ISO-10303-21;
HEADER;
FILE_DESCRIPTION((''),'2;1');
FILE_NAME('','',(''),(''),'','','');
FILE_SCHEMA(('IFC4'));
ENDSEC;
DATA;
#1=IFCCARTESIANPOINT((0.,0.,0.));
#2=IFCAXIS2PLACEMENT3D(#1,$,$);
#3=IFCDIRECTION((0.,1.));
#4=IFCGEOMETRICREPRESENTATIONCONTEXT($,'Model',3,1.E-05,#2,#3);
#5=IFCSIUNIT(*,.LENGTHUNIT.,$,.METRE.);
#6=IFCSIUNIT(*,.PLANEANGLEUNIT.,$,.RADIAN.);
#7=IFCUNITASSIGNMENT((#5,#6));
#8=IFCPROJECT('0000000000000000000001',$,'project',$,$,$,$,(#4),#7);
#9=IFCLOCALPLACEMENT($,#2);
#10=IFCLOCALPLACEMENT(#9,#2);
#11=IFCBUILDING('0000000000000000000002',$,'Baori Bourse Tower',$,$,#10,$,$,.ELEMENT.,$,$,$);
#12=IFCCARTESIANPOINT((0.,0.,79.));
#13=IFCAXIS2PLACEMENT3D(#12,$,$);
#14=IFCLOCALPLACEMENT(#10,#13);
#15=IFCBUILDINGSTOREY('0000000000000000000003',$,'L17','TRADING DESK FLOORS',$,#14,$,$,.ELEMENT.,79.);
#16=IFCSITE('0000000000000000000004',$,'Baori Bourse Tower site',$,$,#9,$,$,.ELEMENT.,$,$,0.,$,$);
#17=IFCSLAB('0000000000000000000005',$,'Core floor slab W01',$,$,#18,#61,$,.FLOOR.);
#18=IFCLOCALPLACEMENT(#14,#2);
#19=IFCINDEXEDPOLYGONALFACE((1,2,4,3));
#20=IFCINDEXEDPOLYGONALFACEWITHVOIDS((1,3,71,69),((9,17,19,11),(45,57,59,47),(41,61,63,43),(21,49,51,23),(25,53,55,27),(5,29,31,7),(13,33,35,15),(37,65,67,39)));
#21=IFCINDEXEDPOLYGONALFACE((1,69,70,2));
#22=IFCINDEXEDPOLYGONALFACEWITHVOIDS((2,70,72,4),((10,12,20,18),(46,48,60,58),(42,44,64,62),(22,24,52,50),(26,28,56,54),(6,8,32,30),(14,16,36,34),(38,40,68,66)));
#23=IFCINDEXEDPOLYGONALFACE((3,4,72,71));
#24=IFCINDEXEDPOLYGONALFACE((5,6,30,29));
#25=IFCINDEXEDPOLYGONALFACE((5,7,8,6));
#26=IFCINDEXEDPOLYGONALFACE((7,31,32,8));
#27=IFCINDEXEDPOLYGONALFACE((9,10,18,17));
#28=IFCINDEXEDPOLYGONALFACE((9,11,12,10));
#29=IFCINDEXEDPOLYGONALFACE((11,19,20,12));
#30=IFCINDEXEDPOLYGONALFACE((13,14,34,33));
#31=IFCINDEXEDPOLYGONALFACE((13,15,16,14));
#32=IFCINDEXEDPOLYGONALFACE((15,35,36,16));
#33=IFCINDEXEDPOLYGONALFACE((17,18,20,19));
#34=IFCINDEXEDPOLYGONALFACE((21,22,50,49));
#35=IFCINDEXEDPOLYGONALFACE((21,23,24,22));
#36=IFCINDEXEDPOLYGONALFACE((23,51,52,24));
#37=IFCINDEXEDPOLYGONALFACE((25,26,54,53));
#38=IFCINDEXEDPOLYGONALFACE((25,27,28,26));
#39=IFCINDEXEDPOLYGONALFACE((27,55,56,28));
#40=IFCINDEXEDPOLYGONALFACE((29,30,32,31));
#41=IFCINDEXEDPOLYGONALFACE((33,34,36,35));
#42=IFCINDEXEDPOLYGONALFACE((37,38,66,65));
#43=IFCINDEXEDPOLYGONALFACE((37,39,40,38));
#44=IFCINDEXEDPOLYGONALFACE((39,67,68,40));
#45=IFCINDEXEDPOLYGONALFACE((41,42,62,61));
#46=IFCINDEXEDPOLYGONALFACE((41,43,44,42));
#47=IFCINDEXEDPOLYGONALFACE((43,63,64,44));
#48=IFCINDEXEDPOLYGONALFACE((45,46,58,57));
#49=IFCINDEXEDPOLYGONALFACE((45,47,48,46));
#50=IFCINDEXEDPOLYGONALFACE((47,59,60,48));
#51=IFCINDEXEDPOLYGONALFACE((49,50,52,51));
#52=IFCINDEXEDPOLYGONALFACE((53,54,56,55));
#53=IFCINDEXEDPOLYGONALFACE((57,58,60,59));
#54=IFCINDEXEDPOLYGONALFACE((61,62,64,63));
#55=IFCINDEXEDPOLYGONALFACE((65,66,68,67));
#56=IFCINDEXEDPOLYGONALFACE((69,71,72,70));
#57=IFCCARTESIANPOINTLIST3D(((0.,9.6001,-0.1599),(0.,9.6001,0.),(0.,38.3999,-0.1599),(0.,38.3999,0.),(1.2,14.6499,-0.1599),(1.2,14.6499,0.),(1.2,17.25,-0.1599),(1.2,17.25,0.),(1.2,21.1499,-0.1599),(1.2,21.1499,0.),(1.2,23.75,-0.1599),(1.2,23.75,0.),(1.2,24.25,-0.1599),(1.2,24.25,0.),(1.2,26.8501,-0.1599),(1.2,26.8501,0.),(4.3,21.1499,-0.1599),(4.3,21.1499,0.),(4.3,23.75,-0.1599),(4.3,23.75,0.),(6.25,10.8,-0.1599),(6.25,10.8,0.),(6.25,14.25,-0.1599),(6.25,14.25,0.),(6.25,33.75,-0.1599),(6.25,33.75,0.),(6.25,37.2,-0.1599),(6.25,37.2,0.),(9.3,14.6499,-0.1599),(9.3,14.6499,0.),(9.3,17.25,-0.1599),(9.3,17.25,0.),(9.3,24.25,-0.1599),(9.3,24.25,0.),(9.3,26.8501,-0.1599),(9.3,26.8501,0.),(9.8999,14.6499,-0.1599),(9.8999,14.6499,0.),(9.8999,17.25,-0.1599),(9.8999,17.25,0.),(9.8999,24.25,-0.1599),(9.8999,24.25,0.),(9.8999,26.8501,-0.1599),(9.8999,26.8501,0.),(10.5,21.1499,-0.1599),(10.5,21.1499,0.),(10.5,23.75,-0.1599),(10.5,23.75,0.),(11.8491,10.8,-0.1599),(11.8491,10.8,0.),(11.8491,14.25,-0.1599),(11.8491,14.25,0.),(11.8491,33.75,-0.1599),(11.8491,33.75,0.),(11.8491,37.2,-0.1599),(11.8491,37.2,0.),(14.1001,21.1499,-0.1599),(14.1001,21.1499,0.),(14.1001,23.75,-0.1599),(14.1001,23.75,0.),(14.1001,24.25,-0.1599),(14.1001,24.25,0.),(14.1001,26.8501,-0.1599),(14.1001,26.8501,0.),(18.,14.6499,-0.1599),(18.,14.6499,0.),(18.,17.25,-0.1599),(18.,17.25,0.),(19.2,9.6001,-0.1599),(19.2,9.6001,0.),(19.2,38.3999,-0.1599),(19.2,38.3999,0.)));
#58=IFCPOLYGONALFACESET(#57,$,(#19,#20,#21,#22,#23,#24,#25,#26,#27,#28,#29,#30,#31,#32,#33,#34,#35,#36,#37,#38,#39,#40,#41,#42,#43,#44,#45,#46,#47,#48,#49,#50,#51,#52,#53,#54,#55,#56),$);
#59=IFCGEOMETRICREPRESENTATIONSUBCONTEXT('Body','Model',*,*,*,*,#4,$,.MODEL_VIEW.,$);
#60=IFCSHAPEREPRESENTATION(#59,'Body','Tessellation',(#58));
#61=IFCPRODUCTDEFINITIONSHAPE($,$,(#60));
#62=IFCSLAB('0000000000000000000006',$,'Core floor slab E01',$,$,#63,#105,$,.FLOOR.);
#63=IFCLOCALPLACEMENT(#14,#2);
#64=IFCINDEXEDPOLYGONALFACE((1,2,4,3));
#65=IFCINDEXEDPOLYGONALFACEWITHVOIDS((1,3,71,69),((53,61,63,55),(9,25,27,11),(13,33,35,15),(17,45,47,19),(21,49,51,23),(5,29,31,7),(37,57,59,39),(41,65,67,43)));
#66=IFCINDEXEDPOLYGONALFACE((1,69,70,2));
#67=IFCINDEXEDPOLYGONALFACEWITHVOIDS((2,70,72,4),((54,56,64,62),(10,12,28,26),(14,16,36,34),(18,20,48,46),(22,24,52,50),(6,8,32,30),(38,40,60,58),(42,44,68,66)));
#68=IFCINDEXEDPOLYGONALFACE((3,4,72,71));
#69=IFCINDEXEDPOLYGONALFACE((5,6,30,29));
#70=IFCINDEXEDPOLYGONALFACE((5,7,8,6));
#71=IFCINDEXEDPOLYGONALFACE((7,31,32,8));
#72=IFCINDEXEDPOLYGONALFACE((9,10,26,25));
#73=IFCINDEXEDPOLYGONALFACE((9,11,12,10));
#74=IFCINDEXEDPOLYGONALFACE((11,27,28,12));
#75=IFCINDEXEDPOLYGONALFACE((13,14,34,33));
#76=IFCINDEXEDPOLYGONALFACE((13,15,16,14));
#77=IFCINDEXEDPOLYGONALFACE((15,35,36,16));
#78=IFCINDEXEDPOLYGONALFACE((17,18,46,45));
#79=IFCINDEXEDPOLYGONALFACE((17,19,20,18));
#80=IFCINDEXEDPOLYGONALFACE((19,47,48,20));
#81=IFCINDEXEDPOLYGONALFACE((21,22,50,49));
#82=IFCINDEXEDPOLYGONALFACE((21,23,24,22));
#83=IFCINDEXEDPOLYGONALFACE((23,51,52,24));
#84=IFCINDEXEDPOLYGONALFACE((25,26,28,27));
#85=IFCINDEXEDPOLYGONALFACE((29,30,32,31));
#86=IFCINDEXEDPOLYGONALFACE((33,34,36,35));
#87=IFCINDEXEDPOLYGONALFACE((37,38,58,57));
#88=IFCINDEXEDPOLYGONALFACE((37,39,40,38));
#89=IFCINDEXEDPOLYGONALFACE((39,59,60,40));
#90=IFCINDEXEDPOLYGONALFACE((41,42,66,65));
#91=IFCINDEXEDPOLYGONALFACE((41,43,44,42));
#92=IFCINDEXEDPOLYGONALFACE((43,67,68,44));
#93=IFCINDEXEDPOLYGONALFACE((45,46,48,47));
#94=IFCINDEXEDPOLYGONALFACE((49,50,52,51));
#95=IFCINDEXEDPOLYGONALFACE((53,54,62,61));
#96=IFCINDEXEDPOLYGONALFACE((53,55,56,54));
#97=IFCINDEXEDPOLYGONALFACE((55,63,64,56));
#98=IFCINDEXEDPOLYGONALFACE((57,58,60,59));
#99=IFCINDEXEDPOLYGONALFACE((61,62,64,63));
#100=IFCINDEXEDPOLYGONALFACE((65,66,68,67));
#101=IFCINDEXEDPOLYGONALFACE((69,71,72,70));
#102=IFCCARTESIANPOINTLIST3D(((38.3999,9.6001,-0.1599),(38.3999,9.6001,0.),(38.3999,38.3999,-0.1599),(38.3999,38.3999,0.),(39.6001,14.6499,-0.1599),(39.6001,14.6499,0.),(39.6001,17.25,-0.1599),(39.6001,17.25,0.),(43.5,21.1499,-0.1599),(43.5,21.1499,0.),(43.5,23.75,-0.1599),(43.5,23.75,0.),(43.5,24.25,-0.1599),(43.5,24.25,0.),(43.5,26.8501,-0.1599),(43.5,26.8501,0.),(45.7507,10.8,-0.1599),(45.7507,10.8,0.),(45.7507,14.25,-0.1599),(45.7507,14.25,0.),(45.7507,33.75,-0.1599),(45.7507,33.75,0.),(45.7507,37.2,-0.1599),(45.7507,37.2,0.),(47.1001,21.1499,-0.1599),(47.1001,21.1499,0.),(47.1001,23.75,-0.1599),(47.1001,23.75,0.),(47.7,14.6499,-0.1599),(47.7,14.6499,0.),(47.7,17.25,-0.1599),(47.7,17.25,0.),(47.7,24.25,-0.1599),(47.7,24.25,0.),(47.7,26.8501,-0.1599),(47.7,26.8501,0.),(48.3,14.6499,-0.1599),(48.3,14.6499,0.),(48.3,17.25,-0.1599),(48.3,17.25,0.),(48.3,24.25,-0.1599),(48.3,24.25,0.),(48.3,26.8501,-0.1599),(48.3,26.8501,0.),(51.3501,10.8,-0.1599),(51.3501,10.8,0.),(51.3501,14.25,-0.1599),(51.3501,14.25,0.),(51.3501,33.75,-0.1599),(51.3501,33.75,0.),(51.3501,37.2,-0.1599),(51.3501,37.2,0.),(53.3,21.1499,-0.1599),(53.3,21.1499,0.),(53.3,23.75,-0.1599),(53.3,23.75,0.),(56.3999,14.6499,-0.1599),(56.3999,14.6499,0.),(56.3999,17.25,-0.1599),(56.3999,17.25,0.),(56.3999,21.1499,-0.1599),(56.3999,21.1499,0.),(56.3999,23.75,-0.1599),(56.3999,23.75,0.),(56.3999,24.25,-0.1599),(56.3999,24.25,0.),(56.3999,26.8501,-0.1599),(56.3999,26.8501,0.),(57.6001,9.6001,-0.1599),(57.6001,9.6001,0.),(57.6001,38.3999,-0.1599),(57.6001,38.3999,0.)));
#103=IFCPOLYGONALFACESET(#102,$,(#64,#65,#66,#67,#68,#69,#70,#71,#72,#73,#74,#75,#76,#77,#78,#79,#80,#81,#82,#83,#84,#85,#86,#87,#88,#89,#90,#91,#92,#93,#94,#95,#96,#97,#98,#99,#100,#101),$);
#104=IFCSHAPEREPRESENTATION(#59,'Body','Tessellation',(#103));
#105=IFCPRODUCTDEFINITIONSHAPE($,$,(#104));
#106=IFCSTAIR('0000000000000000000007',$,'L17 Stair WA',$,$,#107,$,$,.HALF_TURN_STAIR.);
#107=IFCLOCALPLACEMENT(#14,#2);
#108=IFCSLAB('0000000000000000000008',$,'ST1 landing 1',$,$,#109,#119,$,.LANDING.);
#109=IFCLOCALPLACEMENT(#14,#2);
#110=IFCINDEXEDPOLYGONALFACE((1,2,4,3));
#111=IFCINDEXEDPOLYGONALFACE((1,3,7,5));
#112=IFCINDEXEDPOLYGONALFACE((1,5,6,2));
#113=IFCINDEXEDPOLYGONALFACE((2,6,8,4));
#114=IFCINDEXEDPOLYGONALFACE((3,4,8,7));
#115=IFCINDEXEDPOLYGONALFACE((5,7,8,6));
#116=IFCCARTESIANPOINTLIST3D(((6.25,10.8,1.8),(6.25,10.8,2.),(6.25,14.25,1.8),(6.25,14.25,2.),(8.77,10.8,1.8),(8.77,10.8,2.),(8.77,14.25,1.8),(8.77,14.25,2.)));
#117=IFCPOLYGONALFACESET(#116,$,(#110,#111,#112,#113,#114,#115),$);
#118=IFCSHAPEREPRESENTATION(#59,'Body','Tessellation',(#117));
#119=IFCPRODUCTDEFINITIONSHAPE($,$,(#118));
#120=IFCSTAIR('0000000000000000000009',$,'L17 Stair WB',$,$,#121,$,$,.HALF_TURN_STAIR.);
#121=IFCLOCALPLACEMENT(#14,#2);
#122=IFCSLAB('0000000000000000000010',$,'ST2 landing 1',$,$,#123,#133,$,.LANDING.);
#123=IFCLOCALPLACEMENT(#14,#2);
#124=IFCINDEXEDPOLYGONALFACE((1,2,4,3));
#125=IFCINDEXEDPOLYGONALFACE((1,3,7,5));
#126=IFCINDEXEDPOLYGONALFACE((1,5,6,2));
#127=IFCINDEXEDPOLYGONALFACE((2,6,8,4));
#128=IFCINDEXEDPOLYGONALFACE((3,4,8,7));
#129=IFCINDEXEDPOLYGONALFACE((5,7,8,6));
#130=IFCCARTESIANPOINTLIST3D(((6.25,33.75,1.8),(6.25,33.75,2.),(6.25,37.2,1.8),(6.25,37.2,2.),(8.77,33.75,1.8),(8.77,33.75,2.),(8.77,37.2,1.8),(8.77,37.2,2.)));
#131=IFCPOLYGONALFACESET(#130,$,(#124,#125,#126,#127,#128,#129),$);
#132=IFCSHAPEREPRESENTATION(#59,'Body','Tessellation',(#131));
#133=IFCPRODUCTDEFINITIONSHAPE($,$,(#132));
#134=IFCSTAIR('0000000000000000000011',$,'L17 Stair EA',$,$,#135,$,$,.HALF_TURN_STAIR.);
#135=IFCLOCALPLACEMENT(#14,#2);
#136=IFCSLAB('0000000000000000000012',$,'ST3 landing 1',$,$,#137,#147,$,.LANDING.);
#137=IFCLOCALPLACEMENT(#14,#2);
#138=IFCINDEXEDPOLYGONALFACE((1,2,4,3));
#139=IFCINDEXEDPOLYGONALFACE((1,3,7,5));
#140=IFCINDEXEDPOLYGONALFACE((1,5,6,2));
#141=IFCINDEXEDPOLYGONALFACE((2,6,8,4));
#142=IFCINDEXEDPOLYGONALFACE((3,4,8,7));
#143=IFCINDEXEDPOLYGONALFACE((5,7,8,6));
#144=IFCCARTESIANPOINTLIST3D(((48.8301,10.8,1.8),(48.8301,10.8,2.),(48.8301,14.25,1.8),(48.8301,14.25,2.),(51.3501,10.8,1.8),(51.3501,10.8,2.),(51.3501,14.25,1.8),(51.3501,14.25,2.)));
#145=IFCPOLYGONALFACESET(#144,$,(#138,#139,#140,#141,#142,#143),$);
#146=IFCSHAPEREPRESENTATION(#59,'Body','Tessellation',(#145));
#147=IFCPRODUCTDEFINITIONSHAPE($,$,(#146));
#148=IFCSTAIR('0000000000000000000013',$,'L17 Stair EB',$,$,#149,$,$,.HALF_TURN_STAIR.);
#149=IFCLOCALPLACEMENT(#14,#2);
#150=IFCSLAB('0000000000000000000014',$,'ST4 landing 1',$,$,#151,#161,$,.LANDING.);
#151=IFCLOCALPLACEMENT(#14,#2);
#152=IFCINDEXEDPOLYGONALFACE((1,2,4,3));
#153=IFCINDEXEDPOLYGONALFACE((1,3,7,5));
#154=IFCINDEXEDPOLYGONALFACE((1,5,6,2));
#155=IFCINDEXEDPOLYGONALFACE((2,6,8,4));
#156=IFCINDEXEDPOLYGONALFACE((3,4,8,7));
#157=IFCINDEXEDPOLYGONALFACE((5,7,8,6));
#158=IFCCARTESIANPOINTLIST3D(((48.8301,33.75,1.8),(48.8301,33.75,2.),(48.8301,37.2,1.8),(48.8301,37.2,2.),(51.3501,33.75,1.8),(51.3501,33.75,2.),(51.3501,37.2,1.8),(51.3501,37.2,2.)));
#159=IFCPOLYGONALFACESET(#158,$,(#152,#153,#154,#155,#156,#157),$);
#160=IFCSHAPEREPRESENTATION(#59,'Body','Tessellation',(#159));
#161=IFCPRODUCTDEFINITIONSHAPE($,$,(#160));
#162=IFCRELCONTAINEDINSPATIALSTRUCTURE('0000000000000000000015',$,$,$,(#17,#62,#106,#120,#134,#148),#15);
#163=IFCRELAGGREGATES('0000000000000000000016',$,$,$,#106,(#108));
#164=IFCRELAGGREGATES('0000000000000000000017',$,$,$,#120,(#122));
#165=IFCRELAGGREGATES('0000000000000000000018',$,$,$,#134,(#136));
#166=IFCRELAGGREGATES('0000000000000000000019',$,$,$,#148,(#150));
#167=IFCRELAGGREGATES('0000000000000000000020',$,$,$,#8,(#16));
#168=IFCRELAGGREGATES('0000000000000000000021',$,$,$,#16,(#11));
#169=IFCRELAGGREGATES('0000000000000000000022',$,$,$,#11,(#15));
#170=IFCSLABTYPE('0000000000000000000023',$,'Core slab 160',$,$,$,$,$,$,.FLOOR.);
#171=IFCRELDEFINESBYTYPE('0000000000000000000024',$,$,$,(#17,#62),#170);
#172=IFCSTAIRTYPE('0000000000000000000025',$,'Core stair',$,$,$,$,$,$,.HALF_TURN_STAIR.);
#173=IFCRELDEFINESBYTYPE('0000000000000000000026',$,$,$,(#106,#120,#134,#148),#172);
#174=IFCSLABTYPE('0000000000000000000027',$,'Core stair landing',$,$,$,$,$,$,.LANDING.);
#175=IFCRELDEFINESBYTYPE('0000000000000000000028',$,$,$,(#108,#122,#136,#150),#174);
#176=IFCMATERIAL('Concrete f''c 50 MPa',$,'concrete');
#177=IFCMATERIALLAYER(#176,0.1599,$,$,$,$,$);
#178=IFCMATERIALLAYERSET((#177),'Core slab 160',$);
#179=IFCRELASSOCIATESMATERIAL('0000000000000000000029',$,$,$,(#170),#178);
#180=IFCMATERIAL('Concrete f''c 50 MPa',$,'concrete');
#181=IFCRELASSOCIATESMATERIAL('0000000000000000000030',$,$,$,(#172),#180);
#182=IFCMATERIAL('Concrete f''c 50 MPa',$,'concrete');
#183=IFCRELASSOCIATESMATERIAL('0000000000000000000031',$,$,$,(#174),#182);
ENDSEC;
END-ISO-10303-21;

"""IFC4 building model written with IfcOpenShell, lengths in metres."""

from ifc_helpers import new_model, si_unit, direction, frame, origin, place, context, subcontext, project, spatial, polyline, outline, extrude, material, layer, layer_set, type_object, element, aggregate, save


model = new_model("IFC4")

# Units and contexts
model_context = context("Model", 3, precision=1e-05, world=origin(), true_north=direction((0.0, 1.0)))
body_context = subcontext(model_context, "Body", "Model", "MODEL_VIEW")
ifc_project = project(units=[si_unit("LENGTHUNIT", "METRE"), si_unit("PLANEANGLEUNIT", "RADIAN")], contexts=[model_context])

# Site, building, storey
site_placement = place(None, origin())
site = spatial("IfcSite", under=ifc_project, at=site_placement, Name="Baori Bourse Tower site", CompositionType="ELEMENT", RefElevation=0.0)
building_placement = place(site_placement, origin())
building = spatial("IfcBuilding", under=site, at=building_placement, Name="Baori Bourse Tower", CompositionType="ELEMENT")
storey_placement = place(building_placement, frame((0.0, 0.0, 79.0)))
storey = spatial("IfcBuildingStorey", under=building, at=storey_placement, Name="L17", Description="TRADING DESK FLOORS", CompositionType="ELEMENT", Elevation=79.0)

# Slabs
ifc_material_1 = material(Name="Concrete f'c 50 MPa", Category="concrete")
ifc_layer_1 = layer(ifc_material_1, 0.1599)
ifc_layer_set_1 = layer_set([ifc_layer_1], Name="Core slab 160")
slab_type_1 = type_object("IfcSlabType", Name="Core slab 160", PredefinedType="FLOOR", material=ifc_layer_set_1)
slab_1_placement = place(storey_placement, frame((0.0, 0.0, -0.1599)))
element("IfcSlab", 1, at=slab_1_placement, inside=storey, type_object=slab_type_1, Name="Core floor slab W01", PredefinedType="FLOOR", context=body_context, shape_type="SweptSolid", body=[
    extrude(outline(polyline([(19.2, 9.6001), (19.2, 38.3999), (0.0, 38.3999), (0.0, 9.6001), (19.2, 9.6001)]), holes=[polyline([(9.8999, 14.6499), (9.8999, 17.25), (18.0, 17.25), (18.0, 14.6499), (9.8999, 14.6499)]), polyline([(10.5, 21.1499), (10.5, 23.75), (14.1001, 23.75), (14.1001, 21.1499), (10.5, 21.1499)]), polyline([(14.1001, 24.25), (9.8999, 24.25), (9.8999, 26.8501), (14.1001, 26.8501), (14.1001, 24.25)]), polyline([(6.25, 14.25), (11.8491, 14.25), (11.8491, 10.8), (6.25, 10.8), (6.25, 14.25)]), polyline([(11.8491, 37.2), (11.8491, 33.75), (6.25, 33.75), (6.25, 37.2), (11.8491, 37.2)]), polyline([(1.2, 26.8501), (9.3, 26.8501), (9.3, 24.25), (1.2, 24.25), (1.2, 26.8501)]), polyline([(9.3, 14.6499), (1.2, 14.6499), (1.2, 17.25), (9.3, 17.25), (9.3, 14.6499)]), polyline([(4.3, 23.75), (4.3, 21.1499), (1.2, 21.1499), (1.2, 23.75), (4.3, 23.75)])]), origin(), (0.0, 0.0, 1.0), 0.1599),
])
slab_2_placement = place(storey_placement, frame((0.0, 0.0, -0.1599)))
element("IfcSlab", 2, at=slab_2_placement, inside=storey, type_object=slab_type_1, Name="Core floor slab E01", PredefinedType="FLOOR", context=body_context, shape_type="SweptSolid", body=[
    extrude(outline(polyline([(38.3999, 9.6001), (57.6001, 9.6001), (57.6001, 38.3999), (38.3999, 38.3999), (38.3999, 9.6001)]), holes=[polyline([(48.3, 14.6499), (48.3, 17.25), (56.3999, 17.25), (56.3999, 14.6499), (48.3, 14.6499)]), polyline([(56.3999, 21.1499), (53.3, 21.1499), (53.3, 23.75), (56.3999, 23.75), (56.3999, 21.1499)]), polyline([(56.3999, 26.8501), (56.3999, 24.25), (48.3, 24.25), (48.3, 26.8501), (56.3999, 26.8501)]), polyline([(45.7507, 14.25), (51.3501, 14.25), (51.3501, 10.8), (45.7507, 10.8), (45.7507, 14.25)]), polyline([(51.3501, 37.2), (51.3501, 33.75), (45.7507, 33.75), (45.7507, 37.2), (51.3501, 37.2)]), polyline([(39.6001, 17.25), (47.7, 17.25), (47.7, 14.6499), (39.6001, 14.6499), (39.6001, 17.25)]), polyline([(43.5, 24.25), (43.5, 26.8501), (47.7, 26.8501), (47.7, 24.25), (43.5, 24.25)]), polyline([(43.5, 23.75), (47.1001, 23.75), (47.1001, 21.1499), (43.5, 21.1499), (43.5, 23.75)])]), origin(), (0.0, 0.0, 1.0), 0.1599),
])

# Stairs, slabs
ifc_material_2 = material(Name="Concrete f'c 50 MPa", Category="concrete")
stair_type = type_object("IfcStairType", Name="Core stair", PredefinedType="HALF_TURN_STAIR", material=ifc_material_2)
stair_1_placement = place(storey_placement, origin())
stair_1 = element("IfcStair", 3, at=stair_1_placement, inside=storey, type_object=stair_type, Name="L17 Stair WA", PredefinedType="HALF_TURN_STAIR")
ifc_material_3 = material(Name="Concrete f'c 50 MPa", Category="concrete")
slab_type_2 = type_object("IfcSlabType", Name="Core stair landing", PredefinedType="LANDING", material=ifc_material_3)
slab_3_placement = place(storey_placement, frame((0.0, 0.0, 1.8)))
slab_3 = element("IfcSlab", 4, at=slab_3_placement, type_object=slab_type_2, Name="ST1 landing 1", PredefinedType="LANDING", context=body_context, shape_type="SweptSolid", body=[
    extrude(outline(polyline([(8.77, 14.25), (6.25, 14.25), (6.25, 10.8), (8.77, 10.8), (8.77, 14.25)])), origin(), (0.0, 0.0, 1.0), 0.2),
])
aggregate(stair_1, [slab_3])
stair_2_placement = place(storey_placement, origin())
stair_2 = element("IfcStair", 5, at=stair_2_placement, inside=storey, type_object=stair_type, Name="L17 Stair WB", PredefinedType="HALF_TURN_STAIR")
slab_4_placement = place(storey_placement, frame((0.0, 0.0, 1.8)))
slab_4 = element("IfcSlab", 6, at=slab_4_placement, type_object=slab_type_2, Name="ST2 landing 1", PredefinedType="LANDING", context=body_context, shape_type="SweptSolid", body=[
    extrude(outline(polyline([(8.77, 37.2), (6.25, 37.2), (6.25, 33.75), (8.77, 33.75), (8.77, 37.2)])), origin(), (0.0, 0.0, 1.0), 0.2),
])
aggregate(stair_2, [slab_4])
stair_3_placement = place(storey_placement, origin())
stair_3 = element("IfcStair", 7, at=stair_3_placement, inside=storey, type_object=stair_type, Name="L17 Stair EA", PredefinedType="HALF_TURN_STAIR")
slab_5_placement = place(storey_placement, frame((0.0, 0.0, 1.8)))
slab_5 = element("IfcSlab", 8, at=slab_5_placement, type_object=slab_type_2, Name="ST3 landing 1", PredefinedType="LANDING", context=body_context, shape_type="SweptSolid", body=[
    extrude(outline(polyline([(48.8301, 10.8), (51.3501, 10.8), (51.3501, 14.25), (48.8301, 14.25), (48.8301, 10.8)])), origin(), (0.0, 0.0, 1.0), 0.2),
])
aggregate(stair_3, [slab_5])
stair_4_placement = place(storey_placement, origin())
stair_4 = element("IfcStair", 9, at=stair_4_placement, inside=storey, type_object=stair_type, Name="L17 Stair EB", PredefinedType="HALF_TURN_STAIR")
slab_6_placement = place(storey_placement, frame((0.0, 0.0, 1.8)))
slab_6 = element("IfcSlab", 10, at=slab_6_placement, type_object=slab_type_2, Name="ST4 landing 1", PredefinedType="LANDING", context=body_context, shape_type="SweptSolid", body=[
    extrude(outline(polyline([(48.8301, 33.75), (51.3501, 33.75), (51.3501, 37.2), (48.8301, 37.2), (48.8301, 33.75)])), origin(), (0.0, 0.0, 1.0), 0.2),
])
aggregate(stair_4, [slab_6])

save(model, "model.ifc")
